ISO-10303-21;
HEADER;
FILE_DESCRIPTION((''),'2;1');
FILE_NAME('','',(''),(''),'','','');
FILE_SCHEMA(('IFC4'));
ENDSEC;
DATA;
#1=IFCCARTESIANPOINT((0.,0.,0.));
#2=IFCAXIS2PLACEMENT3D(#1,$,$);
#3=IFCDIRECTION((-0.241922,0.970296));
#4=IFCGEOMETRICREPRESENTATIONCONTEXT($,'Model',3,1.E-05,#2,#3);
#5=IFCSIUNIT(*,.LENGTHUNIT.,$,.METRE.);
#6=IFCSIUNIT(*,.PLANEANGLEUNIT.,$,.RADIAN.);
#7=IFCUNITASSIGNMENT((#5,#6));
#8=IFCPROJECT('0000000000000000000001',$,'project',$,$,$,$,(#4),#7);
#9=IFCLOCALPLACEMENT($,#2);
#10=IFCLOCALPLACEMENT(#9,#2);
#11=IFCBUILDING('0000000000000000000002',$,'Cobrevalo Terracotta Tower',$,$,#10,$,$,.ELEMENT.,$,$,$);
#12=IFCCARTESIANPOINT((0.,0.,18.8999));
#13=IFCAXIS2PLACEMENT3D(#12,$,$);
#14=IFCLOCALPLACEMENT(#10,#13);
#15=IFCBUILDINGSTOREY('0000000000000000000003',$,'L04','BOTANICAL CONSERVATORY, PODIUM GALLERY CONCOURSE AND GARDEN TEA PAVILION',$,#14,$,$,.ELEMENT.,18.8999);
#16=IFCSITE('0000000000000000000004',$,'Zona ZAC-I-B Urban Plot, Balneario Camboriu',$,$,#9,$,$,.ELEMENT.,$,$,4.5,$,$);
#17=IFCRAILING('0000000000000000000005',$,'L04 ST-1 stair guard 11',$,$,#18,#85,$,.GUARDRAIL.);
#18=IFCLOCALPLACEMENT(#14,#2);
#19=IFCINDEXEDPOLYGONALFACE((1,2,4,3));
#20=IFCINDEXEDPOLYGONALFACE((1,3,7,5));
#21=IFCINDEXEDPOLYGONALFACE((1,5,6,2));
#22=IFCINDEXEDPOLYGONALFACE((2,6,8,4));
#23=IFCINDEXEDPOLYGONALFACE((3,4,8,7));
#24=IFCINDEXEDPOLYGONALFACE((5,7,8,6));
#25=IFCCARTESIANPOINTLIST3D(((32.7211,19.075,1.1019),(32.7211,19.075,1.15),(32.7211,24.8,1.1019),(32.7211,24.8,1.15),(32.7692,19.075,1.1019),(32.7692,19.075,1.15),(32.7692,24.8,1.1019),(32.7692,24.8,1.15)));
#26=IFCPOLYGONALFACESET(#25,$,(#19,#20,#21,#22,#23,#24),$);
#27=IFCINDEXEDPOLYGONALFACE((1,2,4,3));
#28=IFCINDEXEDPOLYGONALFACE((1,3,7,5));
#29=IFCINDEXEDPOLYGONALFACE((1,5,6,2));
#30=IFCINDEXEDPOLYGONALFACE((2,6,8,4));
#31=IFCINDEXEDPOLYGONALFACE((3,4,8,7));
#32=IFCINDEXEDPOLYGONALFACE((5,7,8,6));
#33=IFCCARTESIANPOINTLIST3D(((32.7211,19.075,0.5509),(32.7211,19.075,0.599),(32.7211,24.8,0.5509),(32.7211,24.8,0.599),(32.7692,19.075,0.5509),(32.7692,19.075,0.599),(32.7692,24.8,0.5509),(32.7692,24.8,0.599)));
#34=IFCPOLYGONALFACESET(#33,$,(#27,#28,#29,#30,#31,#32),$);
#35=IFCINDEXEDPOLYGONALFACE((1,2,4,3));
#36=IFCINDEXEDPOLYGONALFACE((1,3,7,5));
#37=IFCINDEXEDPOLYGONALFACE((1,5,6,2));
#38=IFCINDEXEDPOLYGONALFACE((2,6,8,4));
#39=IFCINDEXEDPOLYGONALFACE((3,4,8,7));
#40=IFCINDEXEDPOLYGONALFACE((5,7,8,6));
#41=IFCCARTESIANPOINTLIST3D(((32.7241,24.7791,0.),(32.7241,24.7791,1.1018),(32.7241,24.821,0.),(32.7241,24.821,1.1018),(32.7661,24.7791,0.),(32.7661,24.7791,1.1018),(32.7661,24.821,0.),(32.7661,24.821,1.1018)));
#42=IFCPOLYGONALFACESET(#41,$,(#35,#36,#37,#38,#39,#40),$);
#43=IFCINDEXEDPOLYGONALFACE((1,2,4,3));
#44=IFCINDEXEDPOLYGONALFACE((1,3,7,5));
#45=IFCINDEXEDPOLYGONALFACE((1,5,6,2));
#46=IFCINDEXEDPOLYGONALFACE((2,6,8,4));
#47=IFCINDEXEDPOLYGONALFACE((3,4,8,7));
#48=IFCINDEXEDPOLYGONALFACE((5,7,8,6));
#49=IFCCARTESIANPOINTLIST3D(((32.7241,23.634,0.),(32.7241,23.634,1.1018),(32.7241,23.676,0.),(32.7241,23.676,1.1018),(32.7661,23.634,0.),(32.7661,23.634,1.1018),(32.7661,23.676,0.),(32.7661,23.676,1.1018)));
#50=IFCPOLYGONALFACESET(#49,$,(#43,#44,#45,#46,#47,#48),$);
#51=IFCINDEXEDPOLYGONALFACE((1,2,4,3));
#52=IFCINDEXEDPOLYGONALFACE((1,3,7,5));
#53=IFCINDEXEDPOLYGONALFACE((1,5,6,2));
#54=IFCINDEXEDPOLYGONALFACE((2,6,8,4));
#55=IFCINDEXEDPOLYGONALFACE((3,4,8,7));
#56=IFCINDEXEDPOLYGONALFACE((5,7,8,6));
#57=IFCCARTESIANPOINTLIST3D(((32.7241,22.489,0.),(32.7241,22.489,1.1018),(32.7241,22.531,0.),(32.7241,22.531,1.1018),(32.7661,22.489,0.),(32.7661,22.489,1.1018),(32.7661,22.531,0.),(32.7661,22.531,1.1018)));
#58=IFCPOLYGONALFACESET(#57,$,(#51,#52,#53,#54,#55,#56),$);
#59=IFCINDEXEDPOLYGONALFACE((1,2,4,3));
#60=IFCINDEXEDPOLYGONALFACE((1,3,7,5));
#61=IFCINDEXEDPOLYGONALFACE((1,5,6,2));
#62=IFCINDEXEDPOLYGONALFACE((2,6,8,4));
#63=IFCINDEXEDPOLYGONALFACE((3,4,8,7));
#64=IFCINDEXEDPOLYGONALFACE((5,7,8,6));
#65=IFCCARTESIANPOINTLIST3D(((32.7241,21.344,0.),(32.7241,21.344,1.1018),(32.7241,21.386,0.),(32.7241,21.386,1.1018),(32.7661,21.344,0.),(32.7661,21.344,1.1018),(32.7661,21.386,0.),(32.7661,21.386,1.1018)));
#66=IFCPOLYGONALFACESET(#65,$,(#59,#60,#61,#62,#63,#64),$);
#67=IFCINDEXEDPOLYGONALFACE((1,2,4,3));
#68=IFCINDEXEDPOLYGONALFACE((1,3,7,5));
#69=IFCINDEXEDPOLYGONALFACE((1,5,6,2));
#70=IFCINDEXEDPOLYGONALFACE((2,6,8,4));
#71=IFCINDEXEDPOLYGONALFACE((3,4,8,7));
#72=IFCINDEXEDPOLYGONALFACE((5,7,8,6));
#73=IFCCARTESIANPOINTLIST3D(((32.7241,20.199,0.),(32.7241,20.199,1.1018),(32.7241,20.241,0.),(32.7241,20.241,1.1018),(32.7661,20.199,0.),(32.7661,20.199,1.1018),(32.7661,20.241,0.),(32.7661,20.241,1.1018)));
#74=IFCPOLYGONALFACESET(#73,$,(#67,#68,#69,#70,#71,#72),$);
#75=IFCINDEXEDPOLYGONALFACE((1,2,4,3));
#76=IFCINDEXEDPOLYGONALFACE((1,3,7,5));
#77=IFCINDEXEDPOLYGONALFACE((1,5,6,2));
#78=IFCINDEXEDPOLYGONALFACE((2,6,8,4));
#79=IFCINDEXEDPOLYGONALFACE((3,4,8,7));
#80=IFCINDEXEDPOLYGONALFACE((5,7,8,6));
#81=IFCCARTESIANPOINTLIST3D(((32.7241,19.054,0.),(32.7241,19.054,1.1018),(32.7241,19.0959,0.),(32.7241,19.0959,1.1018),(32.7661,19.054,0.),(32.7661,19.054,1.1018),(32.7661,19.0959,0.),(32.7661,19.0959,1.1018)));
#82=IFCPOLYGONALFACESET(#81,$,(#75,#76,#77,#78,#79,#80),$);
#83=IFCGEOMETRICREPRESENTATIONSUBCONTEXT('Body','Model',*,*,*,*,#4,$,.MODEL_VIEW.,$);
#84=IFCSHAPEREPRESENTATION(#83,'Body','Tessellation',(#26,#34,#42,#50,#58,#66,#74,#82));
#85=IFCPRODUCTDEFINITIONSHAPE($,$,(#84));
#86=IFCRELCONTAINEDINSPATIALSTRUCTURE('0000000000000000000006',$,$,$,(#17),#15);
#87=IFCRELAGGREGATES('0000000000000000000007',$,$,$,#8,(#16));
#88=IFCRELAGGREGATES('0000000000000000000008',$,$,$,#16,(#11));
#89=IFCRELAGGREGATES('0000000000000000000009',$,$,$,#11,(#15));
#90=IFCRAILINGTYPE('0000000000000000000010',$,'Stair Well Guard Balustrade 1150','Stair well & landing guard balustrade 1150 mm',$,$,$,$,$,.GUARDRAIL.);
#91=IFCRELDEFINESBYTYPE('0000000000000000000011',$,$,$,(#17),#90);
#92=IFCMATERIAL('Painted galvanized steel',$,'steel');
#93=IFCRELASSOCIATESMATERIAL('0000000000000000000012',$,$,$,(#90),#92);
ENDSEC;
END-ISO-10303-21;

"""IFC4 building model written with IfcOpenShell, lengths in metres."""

from ifc_helpers import new_model, si_unit, direction, frame, origin, origin_2d, place, context, subcontext, project, spatial, rectangle, extrude, material, type_object, element, save


model = new_model("IFC4")

# Units and contexts
model_context = context("Model", 3, precision=1e-05, world=origin(), true_north=direction((-0.241922, 0.970296)))
body_context = subcontext(model_context, "Body", "Model", "MODEL_VIEW")
ifc_project = project(units=[si_unit("LENGTHUNIT", "METRE"), si_unit("PLANEANGLEUNIT", "RADIAN")], contexts=[model_context])

# Site, building, storey
site_placement = place(None, origin())
site = spatial("IfcSite", under=ifc_project, at=site_placement, Name="Zona ZAC-I-B Urban Plot, Balneario Camboriu", CompositionType="ELEMENT", RefElevation=4.5)
building_placement = place(site_placement, origin())
building = spatial("IfcBuilding", under=site, at=building_placement, Name="Cobrevalo Terracotta Tower", CompositionType="ELEMENT")
storey_placement = place(building_placement, frame((0.0, 0.0, 18.8999)))
storey = spatial("IfcBuildingStorey", under=building, at=storey_placement, Name="L04", Description="BOTANICAL CONSERVATORY, PODIUM GALLERY CONCOURSE AND GARDEN TEA PAVILION", CompositionType="ELEMENT", Elevation=18.8999)

# Railing
ifc_material_1 = material(Name="Painted galvanized steel", Category="steel")
railing_type = type_object("IfcRailingType", Name="Stair Well Guard Balustrade 1150", Description="Stair well & landing guard balustrade 1150 mm", PredefinedType="GUARDRAIL", material=ifc_material_1)
for number, where, name in (
    (1, (32.7451, 24.8, 0.0), "L04 ST-1 stair guard 11"),
):
    element("IfcRailing", number, at=place(storey_placement, frame(where)), inside=storey, type_object=railing_type, Name=name, PredefinedType="GUARDRAIL", context=body_context, shape_type="SweptSolid", body=[
        extrude(rectangle(XDim=0.0481, YDim=0.0481, at=origin_2d()), frame((0.0, 0.0, 1.126), z_axis=(0.0, -1.0, 0.0), x_axis=(1.0, 0.0, 0.0)), (0.0, 0.0, 1.0), 5.7251),
        extrude(rectangle(XDim=0.0481, YDim=0.0481, at=origin_2d()), frame((0.0, 0.0, 0.575), z_axis=(0.0, -1.0, 0.0), x_axis=(1.0, 0.0, 0.0)), (0.0, 0.0, 1.0), 5.7251),
        extrude(rectangle(XDim=0.042, YDim=0.042, at=origin_2d()), origin(), (0.0, 0.0, 1.0), 1.1018),
        extrude(rectangle(XDim=0.042, YDim=0.042, at=origin_2d()), frame((0.0, -1.145, 0.0)), (0.0, 0.0, 1.0), 1.1018),
        extrude(rectangle(XDim=0.042, YDim=0.042, at=origin_2d()), frame((0.0, -2.29, 0.0)), (0.0, 0.0, 1.0), 1.1018),
        extrude(rectangle(XDim=0.042, YDim=0.042, at=origin_2d()), frame((0.0, -3.4351, 0.0)), (0.0, 0.0, 1.0), 1.1018),
        extrude(rectangle(XDim=0.042, YDim=0.042, at=origin_2d()), frame((0.0, -4.5801, 0.0)), (0.0, 0.0, 1.0), 1.1018),
        extrude(rectangle(XDim=0.042, YDim=0.042, at=origin_2d()), frame((0.0, -5.7251, 0.0)), (0.0, 0.0, 1.0), 1.1018),
    ])

save(model, "model.ifc")
